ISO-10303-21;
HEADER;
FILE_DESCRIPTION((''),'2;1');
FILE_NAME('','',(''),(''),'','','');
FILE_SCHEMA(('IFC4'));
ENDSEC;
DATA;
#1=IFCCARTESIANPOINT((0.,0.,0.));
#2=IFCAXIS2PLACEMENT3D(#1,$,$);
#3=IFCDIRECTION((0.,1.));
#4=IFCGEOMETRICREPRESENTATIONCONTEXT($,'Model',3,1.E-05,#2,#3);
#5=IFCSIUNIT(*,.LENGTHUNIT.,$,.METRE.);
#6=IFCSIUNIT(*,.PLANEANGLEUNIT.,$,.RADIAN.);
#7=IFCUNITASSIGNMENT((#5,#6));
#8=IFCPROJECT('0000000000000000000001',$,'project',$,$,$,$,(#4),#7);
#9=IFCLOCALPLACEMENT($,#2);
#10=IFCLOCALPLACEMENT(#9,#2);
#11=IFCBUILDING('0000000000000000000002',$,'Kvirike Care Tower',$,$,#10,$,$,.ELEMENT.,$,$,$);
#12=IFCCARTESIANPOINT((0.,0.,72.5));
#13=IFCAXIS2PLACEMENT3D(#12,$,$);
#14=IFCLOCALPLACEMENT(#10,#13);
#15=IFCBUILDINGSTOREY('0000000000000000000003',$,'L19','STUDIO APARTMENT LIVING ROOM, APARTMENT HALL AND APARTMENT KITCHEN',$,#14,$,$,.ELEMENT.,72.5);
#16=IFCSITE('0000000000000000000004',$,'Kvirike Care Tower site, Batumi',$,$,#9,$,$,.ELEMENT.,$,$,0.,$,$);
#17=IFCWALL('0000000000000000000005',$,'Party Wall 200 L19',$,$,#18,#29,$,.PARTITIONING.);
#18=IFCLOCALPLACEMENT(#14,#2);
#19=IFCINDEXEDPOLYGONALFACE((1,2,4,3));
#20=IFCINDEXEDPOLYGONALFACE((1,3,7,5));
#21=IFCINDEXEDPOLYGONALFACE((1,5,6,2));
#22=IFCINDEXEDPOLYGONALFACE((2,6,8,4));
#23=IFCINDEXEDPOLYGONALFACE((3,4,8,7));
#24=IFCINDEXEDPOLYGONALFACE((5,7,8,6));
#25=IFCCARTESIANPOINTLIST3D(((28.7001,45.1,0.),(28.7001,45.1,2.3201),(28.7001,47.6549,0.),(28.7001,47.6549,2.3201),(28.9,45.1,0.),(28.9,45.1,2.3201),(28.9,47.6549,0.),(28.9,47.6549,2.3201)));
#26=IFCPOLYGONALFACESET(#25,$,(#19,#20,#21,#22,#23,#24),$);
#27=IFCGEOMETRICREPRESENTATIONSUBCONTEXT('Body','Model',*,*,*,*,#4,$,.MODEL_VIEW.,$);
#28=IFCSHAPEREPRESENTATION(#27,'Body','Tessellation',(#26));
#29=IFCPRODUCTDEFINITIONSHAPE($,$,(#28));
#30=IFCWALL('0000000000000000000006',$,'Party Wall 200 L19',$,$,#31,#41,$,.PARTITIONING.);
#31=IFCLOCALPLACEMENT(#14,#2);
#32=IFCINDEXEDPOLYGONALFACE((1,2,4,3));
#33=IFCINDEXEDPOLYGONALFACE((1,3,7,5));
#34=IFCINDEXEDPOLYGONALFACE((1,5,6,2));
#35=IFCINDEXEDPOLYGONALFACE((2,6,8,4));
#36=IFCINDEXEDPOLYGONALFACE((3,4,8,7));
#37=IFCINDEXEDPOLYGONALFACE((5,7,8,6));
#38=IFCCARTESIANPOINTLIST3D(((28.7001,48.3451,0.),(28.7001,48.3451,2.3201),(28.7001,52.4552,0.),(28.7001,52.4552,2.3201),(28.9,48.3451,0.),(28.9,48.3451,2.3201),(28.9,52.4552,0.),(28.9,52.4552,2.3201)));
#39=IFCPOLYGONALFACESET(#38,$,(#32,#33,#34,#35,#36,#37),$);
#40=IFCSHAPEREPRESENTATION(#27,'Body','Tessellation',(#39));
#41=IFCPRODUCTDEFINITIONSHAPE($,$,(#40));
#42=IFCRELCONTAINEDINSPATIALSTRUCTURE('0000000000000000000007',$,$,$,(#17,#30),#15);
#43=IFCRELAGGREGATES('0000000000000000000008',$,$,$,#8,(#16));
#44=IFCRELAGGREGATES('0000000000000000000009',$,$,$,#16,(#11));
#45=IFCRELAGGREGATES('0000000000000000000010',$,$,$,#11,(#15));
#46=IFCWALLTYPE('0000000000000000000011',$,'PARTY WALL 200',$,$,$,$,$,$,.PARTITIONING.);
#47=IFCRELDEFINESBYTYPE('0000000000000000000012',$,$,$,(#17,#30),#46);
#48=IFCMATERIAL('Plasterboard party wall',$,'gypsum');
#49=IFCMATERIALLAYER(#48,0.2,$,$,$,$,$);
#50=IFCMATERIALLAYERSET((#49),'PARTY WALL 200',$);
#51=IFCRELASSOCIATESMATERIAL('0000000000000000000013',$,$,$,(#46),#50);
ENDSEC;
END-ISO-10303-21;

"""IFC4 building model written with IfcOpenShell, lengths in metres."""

from ifc_helpers import new_model, si_unit, direction, frame, frame_2d, origin, place, context, subcontext, project, spatial, rectangle, extrude, material, layer, layer_set, type_object, element, save


model = new_model("IFC4")

# Units and contexts
model_context = context("Model", 3, precision=1e-05, world=origin(), true_north=direction((0.0, 1.0)))
body_context = subcontext(model_context, "Body", "Model", "MODEL_VIEW")
ifc_project = project(units=[si_unit("LENGTHUNIT", "METRE"), si_unit("PLANEANGLEUNIT", "RADIAN")], contexts=[model_context])

# Site, building, storey
site_placement = place(None, origin())
site = spatial("IfcSite", under=ifc_project, at=site_placement, Name="Kvirike Care Tower site, Batumi", CompositionType="ELEMENT", RefElevation=0.0)
building_placement = place(site_placement, origin())
building = spatial("IfcBuilding", under=site, at=building_placement, Name="Kvirike Care Tower", CompositionType="ELEMENT")
storey_placement = place(building_placement, frame((0.0, 0.0, 72.5)))
storey = spatial("IfcBuildingStorey", under=building, at=storey_placement, Name="L19", Description="STUDIO APARTMENT LIVING ROOM, APARTMENT HALL AND APARTMENT KITCHEN", CompositionType="ELEMENT", Elevation=72.5)

# Walls
ifc_material_1 = material(Name="Plasterboard party wall", Category="gypsum")
ifc_layer_1 = layer(ifc_material_1, 0.2)
ifc_layer_set_1 = layer_set([ifc_layer_1], Name="PARTY WALL 200")
wall_type_1 = type_object("IfcWallType", Name="PARTY WALL 200", PredefinedType="PARTITIONING", material=ifc_layer_set_1)
wall_1_placement = place(storey_placement, frame((28.8, 45.1001, 0.0), z_axis=(0.0, 0.0, 1.0), x_axis=(0.0, 1.0, 0.0)))
element("IfcWall", 1, at=wall_1_placement, inside=storey, type_object=wall_type_1, Name="Party Wall 200 L19", PredefinedType="PARTITIONING", context=body_context, shape_type="SweptSolid", body=[
    extrude(rectangle(XDim=2.5549, YDim=0.2, at=frame_2d((1.2773, 0.0))), origin(), (0.0, 0.0, 1.0), 2.3201),
])
wall_2_placement = place(storey_placement, frame((28.8, 48.345, 0.0), z_axis=(0.0, 0.0, 1.0), x_axis=(0.0, 1.0, 0.0)))
element("IfcWall", 2, at=wall_2_placement, inside=storey, type_object=wall_type_1, Name="Party Wall 200 L19", PredefinedType="PARTITIONING", context=body_context, shape_type="SweptSolid", body=[
    extrude(rectangle(XDim=4.1101, YDim=0.2, at=frame_2d((2.0552, 0.0))), origin(), (0.0, 0.0, 1.0), 2.3201),
])

save(model, "model.ifc")
